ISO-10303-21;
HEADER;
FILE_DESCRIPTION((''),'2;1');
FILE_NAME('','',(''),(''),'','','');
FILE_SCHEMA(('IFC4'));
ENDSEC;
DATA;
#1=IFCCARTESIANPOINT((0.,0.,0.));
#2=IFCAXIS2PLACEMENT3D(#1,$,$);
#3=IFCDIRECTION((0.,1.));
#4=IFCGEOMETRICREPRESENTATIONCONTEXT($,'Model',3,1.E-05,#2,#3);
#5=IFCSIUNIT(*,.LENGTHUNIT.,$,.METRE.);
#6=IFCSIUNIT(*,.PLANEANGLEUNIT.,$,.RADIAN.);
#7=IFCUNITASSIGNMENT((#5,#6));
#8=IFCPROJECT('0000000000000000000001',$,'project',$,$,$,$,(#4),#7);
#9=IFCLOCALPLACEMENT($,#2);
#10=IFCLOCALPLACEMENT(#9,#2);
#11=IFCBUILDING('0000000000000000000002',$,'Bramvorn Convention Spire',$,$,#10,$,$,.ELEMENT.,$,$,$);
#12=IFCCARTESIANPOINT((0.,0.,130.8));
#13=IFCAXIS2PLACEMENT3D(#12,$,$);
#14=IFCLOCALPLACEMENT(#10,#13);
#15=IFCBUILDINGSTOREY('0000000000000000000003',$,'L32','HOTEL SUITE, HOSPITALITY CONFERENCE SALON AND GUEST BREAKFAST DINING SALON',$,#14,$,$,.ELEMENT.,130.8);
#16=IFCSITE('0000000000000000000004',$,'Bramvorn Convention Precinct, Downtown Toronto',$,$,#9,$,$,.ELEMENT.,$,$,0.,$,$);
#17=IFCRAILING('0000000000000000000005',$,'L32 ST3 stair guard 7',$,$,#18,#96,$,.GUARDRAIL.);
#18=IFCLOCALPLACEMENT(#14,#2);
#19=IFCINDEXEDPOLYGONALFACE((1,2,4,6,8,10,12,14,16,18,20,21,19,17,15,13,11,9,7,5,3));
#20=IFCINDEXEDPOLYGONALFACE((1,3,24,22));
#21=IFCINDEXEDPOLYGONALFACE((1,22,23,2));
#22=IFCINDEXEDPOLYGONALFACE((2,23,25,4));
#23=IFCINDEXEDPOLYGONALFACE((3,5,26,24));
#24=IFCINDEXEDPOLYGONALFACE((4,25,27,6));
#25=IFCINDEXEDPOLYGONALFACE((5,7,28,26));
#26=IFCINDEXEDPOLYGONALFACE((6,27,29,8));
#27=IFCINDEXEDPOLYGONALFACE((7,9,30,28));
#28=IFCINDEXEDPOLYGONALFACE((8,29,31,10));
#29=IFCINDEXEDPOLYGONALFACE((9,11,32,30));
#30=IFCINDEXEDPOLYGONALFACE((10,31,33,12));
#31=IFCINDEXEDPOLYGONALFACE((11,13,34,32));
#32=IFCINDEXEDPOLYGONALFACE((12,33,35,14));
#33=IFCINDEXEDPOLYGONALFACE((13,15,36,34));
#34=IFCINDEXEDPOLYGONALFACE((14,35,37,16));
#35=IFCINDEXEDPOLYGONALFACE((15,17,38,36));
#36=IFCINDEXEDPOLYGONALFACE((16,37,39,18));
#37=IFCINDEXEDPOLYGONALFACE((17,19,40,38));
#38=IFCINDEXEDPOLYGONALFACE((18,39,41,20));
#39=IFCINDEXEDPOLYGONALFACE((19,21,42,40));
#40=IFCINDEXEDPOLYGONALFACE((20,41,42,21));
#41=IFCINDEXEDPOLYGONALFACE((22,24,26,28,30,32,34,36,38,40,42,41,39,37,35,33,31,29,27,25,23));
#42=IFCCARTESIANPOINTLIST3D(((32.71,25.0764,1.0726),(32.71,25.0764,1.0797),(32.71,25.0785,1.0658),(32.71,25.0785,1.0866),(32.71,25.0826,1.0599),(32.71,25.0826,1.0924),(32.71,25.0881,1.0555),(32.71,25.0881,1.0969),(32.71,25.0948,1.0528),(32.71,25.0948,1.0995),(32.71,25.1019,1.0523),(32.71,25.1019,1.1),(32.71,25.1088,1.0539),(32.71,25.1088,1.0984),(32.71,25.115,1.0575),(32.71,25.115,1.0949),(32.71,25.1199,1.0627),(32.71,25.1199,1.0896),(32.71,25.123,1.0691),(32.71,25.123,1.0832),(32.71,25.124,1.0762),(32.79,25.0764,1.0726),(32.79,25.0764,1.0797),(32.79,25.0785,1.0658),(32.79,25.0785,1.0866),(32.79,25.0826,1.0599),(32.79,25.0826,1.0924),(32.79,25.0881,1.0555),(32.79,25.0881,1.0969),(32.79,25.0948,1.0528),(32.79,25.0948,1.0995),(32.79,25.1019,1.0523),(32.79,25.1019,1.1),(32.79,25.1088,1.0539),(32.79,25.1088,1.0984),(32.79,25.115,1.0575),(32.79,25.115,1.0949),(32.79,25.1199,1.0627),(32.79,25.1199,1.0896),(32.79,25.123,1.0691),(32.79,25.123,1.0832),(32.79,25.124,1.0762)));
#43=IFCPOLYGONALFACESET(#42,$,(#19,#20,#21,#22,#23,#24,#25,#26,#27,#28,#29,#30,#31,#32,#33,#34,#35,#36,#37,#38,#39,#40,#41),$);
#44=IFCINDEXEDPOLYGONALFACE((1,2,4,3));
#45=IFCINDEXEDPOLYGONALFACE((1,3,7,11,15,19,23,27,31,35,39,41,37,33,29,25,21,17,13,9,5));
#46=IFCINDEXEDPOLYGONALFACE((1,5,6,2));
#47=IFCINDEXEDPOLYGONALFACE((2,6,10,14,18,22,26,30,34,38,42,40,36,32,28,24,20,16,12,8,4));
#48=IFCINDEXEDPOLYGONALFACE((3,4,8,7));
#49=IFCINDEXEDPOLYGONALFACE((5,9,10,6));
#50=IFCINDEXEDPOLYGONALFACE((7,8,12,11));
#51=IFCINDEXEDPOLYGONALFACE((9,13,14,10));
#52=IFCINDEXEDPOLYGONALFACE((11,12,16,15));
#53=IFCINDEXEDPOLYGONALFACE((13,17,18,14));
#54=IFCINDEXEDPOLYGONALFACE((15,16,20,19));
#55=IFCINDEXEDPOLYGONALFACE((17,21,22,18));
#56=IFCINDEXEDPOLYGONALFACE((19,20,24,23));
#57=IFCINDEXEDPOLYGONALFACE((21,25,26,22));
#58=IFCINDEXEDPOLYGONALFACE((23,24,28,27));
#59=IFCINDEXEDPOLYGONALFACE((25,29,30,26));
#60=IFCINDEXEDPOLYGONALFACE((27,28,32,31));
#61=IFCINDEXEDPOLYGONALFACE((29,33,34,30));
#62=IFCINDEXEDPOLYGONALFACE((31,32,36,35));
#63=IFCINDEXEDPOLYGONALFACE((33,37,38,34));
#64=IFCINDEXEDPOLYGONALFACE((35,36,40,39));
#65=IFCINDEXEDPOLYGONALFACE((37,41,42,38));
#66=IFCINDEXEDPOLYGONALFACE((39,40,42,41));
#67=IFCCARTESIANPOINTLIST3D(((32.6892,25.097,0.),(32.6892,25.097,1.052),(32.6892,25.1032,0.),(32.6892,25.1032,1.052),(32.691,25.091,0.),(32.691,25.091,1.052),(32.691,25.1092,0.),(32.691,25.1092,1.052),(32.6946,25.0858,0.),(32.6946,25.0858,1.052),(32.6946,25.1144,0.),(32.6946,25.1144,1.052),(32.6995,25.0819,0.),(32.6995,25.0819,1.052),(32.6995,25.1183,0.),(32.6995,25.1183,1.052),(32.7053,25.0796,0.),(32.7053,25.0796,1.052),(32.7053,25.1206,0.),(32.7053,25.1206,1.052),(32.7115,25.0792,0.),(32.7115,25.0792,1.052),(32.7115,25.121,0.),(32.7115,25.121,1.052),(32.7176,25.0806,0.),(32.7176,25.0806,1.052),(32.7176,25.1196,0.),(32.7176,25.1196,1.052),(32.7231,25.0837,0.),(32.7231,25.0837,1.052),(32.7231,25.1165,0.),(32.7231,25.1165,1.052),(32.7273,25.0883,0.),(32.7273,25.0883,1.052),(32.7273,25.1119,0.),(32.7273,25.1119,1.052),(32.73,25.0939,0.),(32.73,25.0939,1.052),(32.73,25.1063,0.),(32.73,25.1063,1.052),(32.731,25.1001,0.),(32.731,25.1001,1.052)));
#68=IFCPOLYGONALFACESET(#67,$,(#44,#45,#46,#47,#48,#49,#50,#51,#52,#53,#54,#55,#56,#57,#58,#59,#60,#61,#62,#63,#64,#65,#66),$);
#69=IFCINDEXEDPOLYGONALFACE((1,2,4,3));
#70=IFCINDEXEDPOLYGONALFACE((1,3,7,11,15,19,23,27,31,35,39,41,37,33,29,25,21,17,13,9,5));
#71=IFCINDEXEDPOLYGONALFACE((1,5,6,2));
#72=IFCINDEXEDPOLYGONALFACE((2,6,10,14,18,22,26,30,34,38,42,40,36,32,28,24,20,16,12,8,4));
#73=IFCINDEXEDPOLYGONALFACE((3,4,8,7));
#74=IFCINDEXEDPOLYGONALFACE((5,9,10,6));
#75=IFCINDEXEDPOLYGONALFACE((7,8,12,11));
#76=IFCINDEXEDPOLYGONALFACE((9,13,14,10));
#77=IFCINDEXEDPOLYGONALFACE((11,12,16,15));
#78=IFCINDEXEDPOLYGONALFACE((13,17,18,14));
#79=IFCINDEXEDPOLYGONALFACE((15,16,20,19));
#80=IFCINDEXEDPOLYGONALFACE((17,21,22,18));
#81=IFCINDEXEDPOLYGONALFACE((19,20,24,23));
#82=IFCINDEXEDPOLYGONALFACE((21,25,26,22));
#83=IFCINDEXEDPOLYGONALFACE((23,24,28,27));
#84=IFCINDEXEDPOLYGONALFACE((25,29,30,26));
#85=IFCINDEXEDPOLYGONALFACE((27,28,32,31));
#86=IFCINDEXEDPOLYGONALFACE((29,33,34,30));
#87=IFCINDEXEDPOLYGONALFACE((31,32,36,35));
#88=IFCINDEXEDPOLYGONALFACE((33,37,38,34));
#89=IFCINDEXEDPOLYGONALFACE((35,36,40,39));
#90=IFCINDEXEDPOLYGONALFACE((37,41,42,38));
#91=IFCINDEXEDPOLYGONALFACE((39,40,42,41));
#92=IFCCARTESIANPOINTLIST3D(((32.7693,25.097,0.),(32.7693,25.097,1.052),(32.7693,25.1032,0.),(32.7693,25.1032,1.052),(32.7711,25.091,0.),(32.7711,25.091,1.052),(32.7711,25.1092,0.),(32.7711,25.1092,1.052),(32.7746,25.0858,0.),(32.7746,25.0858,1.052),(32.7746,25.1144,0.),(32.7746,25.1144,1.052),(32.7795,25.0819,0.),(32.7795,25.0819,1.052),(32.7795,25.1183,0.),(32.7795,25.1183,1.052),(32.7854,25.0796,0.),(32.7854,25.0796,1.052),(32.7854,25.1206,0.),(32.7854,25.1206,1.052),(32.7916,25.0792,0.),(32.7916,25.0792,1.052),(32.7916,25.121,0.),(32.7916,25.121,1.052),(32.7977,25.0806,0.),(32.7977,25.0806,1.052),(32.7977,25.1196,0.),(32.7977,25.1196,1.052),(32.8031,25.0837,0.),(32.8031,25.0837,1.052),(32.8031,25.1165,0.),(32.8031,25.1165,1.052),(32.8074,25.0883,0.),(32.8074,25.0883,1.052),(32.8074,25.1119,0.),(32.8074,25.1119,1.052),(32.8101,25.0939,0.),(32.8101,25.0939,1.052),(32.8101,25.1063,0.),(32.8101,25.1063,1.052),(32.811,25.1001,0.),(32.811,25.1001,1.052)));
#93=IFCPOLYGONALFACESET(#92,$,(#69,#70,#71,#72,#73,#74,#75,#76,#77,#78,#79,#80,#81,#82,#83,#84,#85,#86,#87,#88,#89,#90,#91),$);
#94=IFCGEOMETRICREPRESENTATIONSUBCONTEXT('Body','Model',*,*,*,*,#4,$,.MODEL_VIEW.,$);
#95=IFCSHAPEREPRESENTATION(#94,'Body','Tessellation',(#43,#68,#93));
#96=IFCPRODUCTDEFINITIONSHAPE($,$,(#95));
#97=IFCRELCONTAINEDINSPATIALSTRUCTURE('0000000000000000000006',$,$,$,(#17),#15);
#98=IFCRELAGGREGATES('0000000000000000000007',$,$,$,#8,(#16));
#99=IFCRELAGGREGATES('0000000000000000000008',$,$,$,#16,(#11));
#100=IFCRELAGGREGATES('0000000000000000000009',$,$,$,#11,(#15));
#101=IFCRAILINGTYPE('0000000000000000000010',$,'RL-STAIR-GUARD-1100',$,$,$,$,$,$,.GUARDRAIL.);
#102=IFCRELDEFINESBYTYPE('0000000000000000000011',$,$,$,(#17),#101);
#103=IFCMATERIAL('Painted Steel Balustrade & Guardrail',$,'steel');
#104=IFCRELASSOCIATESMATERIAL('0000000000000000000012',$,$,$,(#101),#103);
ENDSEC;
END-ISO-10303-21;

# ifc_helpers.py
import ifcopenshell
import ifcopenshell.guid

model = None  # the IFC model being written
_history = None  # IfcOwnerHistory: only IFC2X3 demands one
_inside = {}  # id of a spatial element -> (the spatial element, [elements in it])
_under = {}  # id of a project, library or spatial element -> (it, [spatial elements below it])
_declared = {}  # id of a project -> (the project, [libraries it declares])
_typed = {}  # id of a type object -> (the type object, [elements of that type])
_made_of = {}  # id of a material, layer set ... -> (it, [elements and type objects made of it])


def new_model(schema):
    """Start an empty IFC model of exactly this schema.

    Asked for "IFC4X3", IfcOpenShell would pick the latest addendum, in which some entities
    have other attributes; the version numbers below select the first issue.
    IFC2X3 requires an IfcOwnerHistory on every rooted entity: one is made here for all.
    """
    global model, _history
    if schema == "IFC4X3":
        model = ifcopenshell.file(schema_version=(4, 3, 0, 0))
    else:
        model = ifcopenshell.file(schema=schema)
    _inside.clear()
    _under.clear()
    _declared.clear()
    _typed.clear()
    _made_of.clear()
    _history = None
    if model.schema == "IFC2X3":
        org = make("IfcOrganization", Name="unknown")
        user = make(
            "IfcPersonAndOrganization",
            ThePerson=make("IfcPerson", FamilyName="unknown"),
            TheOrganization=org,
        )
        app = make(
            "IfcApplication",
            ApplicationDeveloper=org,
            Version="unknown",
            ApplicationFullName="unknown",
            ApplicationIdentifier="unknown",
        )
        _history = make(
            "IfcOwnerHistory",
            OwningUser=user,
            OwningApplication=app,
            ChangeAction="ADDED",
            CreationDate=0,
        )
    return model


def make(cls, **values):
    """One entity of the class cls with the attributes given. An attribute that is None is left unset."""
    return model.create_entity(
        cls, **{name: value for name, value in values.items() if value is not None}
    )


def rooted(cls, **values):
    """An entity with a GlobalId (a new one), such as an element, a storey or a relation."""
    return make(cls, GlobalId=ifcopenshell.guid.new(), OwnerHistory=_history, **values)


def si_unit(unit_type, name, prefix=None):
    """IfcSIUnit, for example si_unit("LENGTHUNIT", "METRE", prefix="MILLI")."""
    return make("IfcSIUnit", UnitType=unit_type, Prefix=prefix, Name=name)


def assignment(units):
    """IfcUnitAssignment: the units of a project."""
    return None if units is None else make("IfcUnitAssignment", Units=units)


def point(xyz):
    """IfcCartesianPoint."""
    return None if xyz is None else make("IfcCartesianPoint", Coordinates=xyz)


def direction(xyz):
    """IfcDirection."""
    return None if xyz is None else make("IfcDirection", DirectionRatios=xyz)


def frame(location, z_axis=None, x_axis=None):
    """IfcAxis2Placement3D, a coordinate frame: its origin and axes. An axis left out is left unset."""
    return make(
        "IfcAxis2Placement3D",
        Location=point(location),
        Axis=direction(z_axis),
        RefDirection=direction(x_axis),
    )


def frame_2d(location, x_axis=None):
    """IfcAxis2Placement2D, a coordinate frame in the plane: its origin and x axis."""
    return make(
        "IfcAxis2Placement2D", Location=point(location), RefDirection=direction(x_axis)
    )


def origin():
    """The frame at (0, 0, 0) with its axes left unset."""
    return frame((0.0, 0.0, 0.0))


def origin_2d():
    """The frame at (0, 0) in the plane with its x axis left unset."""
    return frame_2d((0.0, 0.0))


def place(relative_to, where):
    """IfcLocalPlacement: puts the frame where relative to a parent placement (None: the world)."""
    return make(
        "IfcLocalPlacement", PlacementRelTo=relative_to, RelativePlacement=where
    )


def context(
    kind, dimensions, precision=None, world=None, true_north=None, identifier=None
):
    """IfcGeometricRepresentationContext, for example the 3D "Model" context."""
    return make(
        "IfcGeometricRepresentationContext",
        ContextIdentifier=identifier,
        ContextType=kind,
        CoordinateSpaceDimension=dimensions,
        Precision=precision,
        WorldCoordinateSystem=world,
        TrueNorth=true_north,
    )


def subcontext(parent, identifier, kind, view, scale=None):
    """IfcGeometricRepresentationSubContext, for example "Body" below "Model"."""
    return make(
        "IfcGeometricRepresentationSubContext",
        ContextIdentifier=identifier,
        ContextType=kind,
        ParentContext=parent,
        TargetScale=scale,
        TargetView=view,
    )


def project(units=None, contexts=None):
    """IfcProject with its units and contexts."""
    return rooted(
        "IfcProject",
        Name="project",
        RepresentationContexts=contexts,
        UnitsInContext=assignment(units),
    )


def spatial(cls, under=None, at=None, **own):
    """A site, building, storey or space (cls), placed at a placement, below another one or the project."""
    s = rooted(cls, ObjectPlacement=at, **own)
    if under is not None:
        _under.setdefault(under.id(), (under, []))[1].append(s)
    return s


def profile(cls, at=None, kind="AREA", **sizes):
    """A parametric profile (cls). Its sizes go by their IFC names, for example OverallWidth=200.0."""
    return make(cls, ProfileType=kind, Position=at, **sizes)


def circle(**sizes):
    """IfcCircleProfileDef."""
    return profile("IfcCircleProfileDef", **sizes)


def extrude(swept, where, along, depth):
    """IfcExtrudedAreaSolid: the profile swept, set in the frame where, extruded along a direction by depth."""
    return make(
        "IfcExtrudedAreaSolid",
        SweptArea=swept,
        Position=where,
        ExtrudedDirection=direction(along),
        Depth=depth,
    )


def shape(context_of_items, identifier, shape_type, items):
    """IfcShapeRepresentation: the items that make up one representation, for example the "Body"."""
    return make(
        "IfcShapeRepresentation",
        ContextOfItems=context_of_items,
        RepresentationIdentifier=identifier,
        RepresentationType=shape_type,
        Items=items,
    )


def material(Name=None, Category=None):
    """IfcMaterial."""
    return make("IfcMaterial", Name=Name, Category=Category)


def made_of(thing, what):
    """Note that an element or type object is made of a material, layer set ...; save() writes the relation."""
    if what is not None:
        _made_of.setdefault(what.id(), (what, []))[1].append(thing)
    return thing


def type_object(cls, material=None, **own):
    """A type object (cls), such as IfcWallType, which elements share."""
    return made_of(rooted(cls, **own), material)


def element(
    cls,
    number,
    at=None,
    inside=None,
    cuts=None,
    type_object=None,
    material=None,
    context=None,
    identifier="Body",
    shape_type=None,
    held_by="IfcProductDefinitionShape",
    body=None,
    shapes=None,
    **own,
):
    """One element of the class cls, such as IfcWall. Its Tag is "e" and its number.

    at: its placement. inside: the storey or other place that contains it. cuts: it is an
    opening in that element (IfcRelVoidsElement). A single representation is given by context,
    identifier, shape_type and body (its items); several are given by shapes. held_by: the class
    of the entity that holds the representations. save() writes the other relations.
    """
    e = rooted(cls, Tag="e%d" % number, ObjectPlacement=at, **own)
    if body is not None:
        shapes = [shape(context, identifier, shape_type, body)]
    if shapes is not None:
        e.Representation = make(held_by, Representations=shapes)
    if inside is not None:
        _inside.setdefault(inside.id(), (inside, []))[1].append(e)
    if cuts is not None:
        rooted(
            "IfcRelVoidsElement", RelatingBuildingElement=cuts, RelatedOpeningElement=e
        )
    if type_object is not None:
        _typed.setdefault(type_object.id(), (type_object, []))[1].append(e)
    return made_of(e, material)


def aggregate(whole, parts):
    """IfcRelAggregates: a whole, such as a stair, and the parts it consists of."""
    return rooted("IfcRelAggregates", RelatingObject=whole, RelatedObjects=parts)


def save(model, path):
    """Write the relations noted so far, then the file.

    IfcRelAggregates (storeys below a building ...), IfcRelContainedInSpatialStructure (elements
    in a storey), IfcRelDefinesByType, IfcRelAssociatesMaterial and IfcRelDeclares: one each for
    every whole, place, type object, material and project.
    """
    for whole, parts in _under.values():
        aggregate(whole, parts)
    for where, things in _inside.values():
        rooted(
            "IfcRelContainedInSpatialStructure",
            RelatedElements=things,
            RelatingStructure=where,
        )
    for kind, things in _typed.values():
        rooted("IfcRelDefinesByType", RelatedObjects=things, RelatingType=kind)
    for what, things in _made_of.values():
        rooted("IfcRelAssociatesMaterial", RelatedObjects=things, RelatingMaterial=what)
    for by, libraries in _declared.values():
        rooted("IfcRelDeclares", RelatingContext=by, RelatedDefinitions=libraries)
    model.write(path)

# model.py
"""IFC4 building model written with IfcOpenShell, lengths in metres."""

from ifc_helpers import new_model, si_unit, direction, frame, origin, origin_2d, place, context, subcontext, project, spatial, circle, extrude, material, type_object, element, save


model = new_model("IFC4")

# Units and contexts
model_context = context("Model", 3, precision=1e-05, world=origin(), true_north=direction((0.0, 1.0)))
body_context = subcontext(model_context, "Body", "Model", "MODEL_VIEW")
ifc_project = project(units=[si_unit("LENGTHUNIT", "METRE"), si_unit("PLANEANGLEUNIT", "RADIAN")], contexts=[model_context])

# Site, building, storey
site_placement = place(None, origin())
site = spatial("IfcSite", under=ifc_project, at=site_placement, Name="Bramvorn Convention Precinct, Downtown Toronto", CompositionType="ELEMENT", RefElevation=0.0)
building_placement = place(site_placement, origin())
building = spatial("IfcBuilding", under=site, at=building_placement, Name="Bramvorn Convention Spire", CompositionType="ELEMENT")
storey_placement = place(building_placement, frame((0.0, 0.0, 130.8)))
storey = spatial("IfcBuildingStorey", under=building, at=storey_placement, Name="L32", Description="HOTEL SUITE, HOSPITALITY CONFERENCE SALON AND GUEST BREAKFAST DINING SALON", CompositionType="ELEMENT", Elevation=130.8)

# Railing
ifc_material_1 = material(Name="Painted Steel Balustrade & Guardrail", Category="steel")
railing_type_1 = type_object("IfcRailingType", Name="RL-STAIR-GUARD-1100", PredefinedType="GUARDRAIL", material=ifc_material_1)
railing_1_placement = place(storey_placement, frame((32.71, 25.1001, 0.0)))
element("IfcRailing", 1, at=railing_1_placement, inside=storey, type_object=railing_type_1, Name="L32 ST3 stair guard 7", PredefinedType="GUARDRAIL", context=body_context, shape_type="SweptSolid", body=[
    extrude(circle(Radius=0.0239, at=origin_2d()), frame((0.0, 0.0, 1.0762), z_axis=(1.0, 0.0, 0.0), x_axis=(0.0, 1.0, 0.0)), (0.0, 0.0, 1.0), 0.0801),
    extrude(circle(Radius=0.021, at=origin_2d()), origin(), (0.0, 0.0, 1.0), 1.052),
    extrude(circle(Radius=0.021, at=origin_2d()), frame((0.0801, 0.0, 0.0)), (0.0, 0.0, 1.0), 1.052),
])

save(model, "model.ifc")
